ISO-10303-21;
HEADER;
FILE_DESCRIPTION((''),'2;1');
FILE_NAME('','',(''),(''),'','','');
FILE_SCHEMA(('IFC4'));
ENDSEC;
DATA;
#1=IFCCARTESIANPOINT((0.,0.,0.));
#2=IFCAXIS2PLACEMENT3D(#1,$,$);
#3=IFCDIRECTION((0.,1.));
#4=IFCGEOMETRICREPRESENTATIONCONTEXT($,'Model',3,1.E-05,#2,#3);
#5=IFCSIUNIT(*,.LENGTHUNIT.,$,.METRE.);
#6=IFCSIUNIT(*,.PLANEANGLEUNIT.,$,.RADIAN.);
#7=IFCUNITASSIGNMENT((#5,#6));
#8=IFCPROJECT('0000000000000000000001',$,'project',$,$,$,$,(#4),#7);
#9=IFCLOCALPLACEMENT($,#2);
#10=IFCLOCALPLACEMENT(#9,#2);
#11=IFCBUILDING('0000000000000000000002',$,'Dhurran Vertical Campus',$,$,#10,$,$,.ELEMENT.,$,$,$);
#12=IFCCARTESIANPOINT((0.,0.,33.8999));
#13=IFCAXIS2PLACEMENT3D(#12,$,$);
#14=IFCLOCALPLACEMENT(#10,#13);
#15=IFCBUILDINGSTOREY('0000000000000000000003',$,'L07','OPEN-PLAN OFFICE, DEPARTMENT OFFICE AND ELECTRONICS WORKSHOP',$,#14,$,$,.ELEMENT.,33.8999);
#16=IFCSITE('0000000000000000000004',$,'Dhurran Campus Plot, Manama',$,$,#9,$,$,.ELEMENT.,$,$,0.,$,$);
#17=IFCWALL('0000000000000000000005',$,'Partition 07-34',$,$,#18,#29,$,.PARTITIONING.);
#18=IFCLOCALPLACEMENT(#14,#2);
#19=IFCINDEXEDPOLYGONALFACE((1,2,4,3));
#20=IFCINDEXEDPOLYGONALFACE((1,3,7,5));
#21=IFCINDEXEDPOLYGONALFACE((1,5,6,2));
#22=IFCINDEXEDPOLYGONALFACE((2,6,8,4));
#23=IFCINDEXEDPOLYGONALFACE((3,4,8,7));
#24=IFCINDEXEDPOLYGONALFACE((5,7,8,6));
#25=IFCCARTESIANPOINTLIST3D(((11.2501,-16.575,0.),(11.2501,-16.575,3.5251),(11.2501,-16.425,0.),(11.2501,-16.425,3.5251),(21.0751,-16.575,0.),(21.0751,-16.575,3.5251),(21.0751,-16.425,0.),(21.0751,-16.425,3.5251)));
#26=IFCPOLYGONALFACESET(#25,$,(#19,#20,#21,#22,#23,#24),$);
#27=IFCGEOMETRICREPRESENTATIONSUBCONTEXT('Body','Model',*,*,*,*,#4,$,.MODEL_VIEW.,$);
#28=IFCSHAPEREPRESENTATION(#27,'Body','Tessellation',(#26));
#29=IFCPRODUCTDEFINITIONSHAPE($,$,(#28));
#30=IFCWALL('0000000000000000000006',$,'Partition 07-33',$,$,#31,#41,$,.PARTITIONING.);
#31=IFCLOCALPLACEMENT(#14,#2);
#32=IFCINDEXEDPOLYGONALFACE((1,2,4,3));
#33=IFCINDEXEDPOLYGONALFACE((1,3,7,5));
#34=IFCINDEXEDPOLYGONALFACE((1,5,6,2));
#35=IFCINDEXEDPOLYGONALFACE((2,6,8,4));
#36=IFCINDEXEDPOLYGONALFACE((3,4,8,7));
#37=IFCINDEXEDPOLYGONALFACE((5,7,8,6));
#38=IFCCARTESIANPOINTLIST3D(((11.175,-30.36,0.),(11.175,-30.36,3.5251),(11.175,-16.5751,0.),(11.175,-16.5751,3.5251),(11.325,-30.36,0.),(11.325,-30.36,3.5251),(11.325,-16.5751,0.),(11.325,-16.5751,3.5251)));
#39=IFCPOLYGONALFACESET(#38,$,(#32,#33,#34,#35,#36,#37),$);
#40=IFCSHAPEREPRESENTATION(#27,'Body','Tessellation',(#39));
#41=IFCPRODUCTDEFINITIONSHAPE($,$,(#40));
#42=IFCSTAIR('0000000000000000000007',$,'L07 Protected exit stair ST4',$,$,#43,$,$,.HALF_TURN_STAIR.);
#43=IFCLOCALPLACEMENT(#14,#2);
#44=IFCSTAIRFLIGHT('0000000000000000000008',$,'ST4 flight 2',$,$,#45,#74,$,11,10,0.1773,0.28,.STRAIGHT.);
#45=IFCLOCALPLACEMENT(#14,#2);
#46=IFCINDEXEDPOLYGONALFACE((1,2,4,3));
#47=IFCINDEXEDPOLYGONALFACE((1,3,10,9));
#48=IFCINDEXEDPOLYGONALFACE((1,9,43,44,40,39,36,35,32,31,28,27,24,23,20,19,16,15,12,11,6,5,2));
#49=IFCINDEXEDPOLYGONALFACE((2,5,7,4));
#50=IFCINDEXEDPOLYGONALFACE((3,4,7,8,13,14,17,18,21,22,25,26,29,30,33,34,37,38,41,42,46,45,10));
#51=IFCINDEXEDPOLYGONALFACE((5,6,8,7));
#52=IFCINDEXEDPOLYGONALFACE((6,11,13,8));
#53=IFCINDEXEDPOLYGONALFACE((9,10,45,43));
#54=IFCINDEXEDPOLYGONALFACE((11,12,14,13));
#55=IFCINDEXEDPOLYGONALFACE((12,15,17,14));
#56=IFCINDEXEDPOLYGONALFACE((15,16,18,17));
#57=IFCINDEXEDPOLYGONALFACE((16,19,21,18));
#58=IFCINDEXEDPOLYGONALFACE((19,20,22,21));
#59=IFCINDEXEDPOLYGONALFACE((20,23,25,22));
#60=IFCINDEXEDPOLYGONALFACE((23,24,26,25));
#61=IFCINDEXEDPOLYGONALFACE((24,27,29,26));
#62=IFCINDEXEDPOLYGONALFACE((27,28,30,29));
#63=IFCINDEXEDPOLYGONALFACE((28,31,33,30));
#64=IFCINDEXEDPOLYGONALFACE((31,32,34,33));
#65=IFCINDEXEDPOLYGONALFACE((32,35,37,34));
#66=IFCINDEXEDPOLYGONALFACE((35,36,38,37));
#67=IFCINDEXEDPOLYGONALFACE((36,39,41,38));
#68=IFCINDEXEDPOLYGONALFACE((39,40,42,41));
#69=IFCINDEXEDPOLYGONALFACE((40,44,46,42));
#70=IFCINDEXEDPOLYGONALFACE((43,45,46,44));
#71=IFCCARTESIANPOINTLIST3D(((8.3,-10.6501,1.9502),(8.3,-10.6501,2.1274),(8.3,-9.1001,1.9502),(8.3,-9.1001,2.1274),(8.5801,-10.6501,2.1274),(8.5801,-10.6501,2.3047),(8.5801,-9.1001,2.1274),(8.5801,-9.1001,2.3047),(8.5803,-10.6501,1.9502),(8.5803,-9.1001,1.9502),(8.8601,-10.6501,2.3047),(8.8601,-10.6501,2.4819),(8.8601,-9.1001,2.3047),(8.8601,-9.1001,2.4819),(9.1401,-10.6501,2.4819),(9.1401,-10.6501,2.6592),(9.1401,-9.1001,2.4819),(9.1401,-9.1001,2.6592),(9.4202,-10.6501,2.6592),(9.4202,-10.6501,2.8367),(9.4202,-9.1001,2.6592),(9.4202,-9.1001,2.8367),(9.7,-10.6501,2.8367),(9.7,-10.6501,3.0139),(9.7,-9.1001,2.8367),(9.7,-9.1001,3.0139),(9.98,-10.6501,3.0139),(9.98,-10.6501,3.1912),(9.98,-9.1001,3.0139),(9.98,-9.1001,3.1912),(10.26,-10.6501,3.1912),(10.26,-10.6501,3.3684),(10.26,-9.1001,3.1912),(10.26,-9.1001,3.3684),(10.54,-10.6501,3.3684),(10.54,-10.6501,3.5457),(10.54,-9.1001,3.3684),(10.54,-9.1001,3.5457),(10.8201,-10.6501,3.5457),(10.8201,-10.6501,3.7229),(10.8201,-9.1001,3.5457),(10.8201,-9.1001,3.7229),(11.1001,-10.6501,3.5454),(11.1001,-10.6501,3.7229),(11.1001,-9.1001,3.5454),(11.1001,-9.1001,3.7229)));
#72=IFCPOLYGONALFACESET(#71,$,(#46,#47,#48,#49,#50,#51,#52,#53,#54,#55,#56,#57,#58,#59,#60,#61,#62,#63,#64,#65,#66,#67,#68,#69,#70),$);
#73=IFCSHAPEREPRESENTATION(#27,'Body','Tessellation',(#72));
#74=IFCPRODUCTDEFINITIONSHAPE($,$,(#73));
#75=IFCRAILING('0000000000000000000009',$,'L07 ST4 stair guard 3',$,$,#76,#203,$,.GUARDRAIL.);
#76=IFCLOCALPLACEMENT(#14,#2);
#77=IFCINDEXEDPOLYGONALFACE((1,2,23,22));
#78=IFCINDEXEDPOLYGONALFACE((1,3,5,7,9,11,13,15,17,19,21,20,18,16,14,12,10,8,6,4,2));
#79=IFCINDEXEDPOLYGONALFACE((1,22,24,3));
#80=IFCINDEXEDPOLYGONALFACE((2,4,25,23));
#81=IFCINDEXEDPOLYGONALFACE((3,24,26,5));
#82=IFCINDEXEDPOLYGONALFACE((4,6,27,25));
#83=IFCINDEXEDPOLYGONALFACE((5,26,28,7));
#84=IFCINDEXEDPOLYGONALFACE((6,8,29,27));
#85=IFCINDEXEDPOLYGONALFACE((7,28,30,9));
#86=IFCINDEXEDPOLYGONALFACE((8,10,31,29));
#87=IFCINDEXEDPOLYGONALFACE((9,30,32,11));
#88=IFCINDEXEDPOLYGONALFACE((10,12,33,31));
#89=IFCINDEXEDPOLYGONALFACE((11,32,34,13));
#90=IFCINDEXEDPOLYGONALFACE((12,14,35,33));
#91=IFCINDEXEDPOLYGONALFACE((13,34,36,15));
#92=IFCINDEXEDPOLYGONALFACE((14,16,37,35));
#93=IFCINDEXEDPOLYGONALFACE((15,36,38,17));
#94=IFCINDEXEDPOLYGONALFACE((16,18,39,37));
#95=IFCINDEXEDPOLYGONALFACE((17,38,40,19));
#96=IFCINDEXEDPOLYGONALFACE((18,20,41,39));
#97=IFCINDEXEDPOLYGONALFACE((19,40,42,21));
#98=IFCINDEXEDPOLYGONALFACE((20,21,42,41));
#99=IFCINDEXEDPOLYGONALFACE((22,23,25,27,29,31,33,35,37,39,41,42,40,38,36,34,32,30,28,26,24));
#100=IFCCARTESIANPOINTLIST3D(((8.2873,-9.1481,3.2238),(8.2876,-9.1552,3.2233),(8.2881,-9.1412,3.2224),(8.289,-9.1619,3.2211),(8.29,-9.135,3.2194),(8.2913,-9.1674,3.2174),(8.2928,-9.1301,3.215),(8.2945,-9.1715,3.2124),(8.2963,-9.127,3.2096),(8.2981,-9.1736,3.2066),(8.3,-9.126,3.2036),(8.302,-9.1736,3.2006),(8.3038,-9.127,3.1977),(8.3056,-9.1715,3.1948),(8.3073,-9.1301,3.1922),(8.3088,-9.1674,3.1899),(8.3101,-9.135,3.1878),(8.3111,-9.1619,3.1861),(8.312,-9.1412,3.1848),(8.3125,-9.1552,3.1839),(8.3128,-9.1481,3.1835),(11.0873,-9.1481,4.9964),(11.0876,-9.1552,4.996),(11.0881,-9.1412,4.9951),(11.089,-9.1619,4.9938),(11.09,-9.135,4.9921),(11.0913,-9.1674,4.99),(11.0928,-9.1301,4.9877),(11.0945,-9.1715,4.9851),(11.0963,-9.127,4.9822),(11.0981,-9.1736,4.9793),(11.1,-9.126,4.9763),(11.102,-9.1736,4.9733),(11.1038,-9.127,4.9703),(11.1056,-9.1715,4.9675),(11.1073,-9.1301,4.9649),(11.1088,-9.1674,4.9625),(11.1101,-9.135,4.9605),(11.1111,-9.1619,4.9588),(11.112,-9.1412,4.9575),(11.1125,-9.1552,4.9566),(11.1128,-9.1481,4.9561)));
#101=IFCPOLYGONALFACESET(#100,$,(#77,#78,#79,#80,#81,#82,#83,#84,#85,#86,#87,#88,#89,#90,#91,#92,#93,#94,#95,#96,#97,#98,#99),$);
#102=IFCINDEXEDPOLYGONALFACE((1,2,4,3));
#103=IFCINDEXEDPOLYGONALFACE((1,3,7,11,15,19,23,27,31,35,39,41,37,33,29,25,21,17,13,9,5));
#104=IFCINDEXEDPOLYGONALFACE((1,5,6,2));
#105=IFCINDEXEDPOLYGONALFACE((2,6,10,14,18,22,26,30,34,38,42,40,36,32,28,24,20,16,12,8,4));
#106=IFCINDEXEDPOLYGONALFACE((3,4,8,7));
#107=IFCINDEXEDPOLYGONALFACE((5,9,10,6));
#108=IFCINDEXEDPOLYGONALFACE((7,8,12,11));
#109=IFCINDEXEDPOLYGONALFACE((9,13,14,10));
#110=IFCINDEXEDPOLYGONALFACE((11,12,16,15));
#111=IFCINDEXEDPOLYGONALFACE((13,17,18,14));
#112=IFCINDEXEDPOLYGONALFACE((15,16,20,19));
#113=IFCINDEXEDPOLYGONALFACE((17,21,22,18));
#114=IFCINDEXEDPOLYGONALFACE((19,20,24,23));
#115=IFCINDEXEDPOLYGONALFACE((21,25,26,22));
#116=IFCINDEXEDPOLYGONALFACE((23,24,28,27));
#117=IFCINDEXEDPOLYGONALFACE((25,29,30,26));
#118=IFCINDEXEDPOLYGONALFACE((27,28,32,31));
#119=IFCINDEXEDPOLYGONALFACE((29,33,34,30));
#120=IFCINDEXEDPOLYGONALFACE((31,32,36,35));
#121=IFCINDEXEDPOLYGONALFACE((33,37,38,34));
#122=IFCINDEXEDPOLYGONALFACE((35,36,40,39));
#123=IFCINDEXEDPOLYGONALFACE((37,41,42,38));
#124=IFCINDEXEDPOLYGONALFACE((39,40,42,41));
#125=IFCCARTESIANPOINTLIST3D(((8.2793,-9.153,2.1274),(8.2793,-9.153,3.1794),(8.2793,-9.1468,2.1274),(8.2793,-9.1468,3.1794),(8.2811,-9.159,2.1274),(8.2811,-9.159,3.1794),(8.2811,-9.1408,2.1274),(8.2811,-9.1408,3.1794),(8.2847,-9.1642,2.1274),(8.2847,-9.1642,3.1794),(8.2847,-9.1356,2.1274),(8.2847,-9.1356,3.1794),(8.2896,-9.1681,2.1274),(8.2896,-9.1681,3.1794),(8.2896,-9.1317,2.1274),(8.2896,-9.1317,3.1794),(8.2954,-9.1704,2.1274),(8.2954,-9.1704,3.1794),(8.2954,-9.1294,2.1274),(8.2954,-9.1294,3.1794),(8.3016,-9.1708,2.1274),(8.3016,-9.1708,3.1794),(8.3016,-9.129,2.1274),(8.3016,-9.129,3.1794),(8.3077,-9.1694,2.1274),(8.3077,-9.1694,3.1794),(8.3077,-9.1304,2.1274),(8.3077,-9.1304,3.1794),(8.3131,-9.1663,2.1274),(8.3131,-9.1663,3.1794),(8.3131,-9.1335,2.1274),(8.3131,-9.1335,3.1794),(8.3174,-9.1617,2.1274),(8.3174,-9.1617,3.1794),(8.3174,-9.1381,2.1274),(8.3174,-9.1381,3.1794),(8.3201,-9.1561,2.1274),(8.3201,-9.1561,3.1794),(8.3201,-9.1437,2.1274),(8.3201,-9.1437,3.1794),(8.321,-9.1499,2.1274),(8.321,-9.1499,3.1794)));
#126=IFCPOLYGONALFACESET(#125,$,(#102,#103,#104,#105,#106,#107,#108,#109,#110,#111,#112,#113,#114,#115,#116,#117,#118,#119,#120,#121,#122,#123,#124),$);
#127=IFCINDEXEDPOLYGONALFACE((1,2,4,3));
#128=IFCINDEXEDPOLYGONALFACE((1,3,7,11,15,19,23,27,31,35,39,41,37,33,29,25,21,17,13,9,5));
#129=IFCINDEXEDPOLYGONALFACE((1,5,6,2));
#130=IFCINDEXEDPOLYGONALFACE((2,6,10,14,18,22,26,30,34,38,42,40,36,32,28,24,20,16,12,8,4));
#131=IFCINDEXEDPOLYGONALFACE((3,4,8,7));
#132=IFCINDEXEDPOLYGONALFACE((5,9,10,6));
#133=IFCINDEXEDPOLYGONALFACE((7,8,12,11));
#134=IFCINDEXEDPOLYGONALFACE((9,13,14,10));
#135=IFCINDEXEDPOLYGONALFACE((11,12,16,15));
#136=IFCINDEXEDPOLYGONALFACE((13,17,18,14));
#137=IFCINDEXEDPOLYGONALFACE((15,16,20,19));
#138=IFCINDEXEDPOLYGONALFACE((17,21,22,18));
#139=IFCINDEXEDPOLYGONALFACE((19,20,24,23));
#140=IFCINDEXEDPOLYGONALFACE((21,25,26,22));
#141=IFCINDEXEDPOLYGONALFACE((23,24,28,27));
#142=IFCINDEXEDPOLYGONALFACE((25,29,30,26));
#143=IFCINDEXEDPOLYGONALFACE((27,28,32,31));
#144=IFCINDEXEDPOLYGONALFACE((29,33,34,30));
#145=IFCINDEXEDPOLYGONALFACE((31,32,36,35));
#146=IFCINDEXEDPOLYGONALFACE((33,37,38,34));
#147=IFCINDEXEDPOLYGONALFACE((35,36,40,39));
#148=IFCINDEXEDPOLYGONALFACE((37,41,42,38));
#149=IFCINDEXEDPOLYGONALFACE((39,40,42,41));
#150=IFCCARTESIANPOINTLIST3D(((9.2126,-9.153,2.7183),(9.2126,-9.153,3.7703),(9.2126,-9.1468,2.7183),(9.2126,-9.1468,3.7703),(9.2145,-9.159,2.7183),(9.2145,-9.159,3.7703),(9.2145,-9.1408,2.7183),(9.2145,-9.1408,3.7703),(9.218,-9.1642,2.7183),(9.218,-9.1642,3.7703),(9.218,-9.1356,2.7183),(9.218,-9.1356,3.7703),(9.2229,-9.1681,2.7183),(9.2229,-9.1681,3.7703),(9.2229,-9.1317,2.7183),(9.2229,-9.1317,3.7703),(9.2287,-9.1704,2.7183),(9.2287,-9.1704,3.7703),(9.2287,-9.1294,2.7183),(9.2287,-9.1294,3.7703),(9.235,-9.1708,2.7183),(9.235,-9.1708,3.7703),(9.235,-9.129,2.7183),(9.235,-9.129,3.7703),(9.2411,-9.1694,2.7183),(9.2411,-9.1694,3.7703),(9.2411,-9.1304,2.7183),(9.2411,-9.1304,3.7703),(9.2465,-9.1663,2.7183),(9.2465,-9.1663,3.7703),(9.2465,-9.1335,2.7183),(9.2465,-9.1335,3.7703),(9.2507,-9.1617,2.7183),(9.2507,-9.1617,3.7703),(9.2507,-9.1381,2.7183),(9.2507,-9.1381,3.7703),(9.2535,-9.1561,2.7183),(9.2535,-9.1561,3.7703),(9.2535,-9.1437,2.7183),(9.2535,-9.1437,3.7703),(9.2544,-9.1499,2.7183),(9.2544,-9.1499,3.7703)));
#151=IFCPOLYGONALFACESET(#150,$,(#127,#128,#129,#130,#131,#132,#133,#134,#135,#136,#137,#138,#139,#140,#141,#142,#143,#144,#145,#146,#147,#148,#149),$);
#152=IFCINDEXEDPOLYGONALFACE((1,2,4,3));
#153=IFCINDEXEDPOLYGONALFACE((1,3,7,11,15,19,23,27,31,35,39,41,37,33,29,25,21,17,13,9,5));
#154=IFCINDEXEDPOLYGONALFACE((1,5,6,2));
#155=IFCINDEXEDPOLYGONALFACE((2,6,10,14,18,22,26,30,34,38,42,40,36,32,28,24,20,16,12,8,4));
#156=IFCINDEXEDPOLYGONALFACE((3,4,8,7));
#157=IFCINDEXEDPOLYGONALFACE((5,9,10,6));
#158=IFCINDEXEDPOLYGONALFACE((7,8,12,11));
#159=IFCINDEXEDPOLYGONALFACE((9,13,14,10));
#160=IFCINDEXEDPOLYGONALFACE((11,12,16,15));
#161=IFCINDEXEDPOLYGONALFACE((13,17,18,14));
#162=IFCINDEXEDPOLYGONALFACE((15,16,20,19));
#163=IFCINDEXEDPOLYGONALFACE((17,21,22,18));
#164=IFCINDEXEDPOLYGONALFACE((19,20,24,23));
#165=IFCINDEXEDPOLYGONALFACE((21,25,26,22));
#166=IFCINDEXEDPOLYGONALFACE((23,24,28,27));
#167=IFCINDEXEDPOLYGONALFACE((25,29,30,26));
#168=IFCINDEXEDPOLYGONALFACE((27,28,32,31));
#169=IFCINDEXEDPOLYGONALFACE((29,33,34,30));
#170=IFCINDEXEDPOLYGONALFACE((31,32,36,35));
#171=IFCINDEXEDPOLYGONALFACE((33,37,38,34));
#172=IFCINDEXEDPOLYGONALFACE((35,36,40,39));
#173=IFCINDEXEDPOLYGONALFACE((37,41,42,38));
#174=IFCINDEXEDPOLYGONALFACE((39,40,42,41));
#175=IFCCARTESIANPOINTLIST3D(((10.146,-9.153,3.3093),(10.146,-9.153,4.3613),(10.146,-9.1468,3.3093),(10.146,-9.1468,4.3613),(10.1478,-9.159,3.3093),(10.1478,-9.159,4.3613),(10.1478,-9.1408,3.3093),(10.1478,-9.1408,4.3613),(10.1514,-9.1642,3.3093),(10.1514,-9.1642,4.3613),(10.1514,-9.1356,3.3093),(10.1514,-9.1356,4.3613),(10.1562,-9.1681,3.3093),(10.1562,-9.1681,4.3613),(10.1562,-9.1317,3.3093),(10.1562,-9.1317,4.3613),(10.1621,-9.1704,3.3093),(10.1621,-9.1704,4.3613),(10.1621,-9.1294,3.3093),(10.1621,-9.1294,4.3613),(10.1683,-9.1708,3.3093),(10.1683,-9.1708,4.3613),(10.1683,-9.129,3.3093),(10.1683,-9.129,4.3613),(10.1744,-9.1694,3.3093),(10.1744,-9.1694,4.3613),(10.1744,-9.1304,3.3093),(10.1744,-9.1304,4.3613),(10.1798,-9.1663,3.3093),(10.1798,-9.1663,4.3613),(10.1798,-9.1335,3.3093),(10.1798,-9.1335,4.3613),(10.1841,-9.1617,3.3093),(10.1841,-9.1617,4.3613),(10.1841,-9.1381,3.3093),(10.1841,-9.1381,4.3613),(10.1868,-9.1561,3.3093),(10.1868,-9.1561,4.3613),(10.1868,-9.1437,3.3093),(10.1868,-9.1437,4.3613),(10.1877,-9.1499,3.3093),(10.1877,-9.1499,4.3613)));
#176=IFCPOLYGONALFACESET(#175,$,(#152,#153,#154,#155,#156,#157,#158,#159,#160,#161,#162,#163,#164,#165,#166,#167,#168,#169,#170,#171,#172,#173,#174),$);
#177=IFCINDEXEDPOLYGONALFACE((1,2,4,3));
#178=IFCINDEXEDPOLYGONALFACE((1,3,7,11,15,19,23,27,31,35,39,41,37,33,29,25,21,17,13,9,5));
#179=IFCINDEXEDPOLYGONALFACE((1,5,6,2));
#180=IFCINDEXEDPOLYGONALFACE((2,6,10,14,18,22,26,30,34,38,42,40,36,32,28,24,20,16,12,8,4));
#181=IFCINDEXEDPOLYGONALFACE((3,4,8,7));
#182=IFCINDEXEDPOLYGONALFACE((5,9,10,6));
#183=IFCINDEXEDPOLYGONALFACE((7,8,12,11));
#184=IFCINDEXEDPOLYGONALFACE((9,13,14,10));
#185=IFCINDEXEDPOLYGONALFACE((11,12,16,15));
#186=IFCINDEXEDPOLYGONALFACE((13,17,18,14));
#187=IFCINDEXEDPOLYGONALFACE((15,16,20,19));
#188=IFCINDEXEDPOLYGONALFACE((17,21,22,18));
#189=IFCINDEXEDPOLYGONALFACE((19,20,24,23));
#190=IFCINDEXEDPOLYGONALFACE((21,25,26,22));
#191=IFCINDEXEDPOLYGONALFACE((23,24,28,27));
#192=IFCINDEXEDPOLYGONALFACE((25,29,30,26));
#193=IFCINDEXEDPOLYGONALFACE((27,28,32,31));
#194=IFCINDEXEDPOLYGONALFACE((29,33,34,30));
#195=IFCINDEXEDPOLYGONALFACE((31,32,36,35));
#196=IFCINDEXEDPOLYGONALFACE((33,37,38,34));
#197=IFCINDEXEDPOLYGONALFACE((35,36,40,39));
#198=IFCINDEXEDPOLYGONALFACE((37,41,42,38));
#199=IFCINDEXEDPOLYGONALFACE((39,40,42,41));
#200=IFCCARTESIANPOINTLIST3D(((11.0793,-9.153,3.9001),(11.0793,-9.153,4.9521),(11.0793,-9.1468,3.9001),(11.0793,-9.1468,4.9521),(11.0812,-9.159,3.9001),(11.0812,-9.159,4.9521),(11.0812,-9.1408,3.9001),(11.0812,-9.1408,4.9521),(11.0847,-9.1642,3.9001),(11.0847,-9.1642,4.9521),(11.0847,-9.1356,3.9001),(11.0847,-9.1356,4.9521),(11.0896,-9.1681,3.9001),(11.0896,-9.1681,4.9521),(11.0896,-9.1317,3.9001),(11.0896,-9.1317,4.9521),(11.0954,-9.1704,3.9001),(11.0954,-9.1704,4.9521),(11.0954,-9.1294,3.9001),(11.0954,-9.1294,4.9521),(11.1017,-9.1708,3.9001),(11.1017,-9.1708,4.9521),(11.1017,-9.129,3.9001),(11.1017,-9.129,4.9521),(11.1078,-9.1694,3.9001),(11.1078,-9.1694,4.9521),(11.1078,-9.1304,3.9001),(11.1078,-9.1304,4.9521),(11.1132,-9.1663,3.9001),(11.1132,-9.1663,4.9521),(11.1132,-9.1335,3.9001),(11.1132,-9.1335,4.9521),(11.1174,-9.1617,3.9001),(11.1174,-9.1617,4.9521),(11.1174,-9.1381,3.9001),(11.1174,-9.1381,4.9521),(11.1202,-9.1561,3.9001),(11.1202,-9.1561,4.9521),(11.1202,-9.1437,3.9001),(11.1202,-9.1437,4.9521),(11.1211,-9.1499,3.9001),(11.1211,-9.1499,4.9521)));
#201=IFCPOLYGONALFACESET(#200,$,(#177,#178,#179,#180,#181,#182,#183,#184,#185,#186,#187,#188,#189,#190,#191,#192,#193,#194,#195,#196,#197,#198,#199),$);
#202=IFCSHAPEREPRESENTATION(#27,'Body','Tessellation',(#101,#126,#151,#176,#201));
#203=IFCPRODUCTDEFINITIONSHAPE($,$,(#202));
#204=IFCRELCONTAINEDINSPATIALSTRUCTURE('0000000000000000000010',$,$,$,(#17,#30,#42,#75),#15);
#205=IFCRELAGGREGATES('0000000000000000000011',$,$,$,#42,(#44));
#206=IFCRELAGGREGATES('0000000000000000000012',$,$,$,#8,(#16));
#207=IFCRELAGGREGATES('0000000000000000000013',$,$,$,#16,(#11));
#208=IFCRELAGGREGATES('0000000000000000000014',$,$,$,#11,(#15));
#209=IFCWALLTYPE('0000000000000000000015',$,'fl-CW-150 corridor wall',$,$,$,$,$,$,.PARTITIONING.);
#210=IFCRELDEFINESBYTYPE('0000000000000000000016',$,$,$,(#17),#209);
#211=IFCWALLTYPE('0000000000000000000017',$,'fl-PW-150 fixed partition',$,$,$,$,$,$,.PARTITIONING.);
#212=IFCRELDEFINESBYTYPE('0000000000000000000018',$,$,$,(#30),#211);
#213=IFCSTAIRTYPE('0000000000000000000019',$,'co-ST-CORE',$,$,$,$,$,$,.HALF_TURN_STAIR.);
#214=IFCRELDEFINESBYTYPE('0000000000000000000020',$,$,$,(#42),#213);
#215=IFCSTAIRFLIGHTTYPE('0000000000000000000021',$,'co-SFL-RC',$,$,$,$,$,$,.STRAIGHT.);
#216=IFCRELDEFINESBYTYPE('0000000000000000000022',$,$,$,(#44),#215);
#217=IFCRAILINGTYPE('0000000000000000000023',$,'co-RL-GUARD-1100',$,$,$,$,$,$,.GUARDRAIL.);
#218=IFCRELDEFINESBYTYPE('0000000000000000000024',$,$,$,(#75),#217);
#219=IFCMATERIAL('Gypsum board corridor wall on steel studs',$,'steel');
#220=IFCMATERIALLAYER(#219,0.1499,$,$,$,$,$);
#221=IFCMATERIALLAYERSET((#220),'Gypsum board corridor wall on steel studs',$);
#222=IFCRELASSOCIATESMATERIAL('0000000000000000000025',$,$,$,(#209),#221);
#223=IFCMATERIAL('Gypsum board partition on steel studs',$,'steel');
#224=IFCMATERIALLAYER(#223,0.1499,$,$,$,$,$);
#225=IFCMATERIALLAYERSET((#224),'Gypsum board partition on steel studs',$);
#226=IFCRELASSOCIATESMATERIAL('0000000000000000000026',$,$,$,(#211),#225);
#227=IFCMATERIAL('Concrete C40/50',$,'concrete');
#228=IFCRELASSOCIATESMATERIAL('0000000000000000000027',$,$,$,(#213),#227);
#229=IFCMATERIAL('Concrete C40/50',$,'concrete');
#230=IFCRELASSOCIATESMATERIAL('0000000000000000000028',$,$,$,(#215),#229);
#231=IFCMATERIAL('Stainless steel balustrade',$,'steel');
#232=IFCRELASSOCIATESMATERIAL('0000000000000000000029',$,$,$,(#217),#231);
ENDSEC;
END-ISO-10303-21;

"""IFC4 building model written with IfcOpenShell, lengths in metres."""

from ifc_helpers import new_model, si_unit, direction, frame, frame_2d, origin, origin_2d, place, context, subcontext, project, spatial, polyline, rectangle, circle, outline, extrude, material, layer, layer_set, type_object, element, aggregate, save


model = new_model("IFC4")

# Units and contexts
model_context = context("Model", 3, precision=1e-05, world=origin(), true_north=direction((0.0, 1.0)))
body_context = subcontext(model_context, "Body", "Model", "MODEL_VIEW")
ifc_project = project(units=[si_unit("LENGTHUNIT", "METRE"), si_unit("PLANEANGLEUNIT", "RADIAN")], contexts=[model_context])

# Site, building, storey
site_placement = place(None, origin())
site = spatial("IfcSite", under=ifc_project, at=site_placement, Name="Dhurran Campus Plot, Manama", CompositionType="ELEMENT", RefElevation=0.0)
building_placement = place(site_placement, origin())
building = spatial("IfcBuilding", under=site, at=building_placement, Name="Dhurran Vertical Campus", CompositionType="ELEMENT")
storey_placement = place(building_placement, frame((0.0, 0.0, 33.8999)))
storey = spatial("IfcBuildingStorey", under=building, at=storey_placement, Name="L07", Description="OPEN-PLAN OFFICE, DEPARTMENT OFFICE AND ELECTRONICS WORKSHOP", CompositionType="ELEMENT", Elevation=33.8999)

# Walls
ifc_material_1 = material(Name="Gypsum board corridor wall on steel studs", Category="steel")
ifc_layer_1 = layer(ifc_material_1, 0.1499)
ifc_layer_set_1 = layer_set([ifc_layer_1], Name="Gypsum board corridor wall on steel studs")
wall_type_1 = type_object("IfcWallType", Name="fl-CW-150 corridor wall", PredefinedType="PARTITIONING", material=ifc_layer_set_1)
wall_1_placement = place(storey_placement, frame((11.25, -16.5, 0.0), z_axis=(0.0, 0.0, 1.0), x_axis=(1.0, 0.0, 0.0)))
element("IfcWall", 1, at=wall_1_placement, inside=storey, type_object=wall_type_1, Name="Partition 07-34", PredefinedType="PARTITIONING", context=body_context, shape_type="SweptSolid", body=[
    extrude(rectangle(XDim=9.825, YDim=0.1499, at=frame_2d((4.9126, 0.0))), origin(), (0.0, 0.0, 1.0), 3.5251),
])
ifc_material_2 = material(Name="Gypsum board partition on steel studs", Category="steel")
ifc_layer_2 = layer(ifc_material_2, 0.1499)
ifc_layer_set_2 = layer_set([ifc_layer_2], Name="Gypsum board partition on steel studs")
wall_type_2 = type_object("IfcWallType", Name="fl-PW-150 fixed partition", PredefinedType="PARTITIONING", material=ifc_layer_set_2)
wall_2_placement = place(storey_placement, frame((11.25, -16.575, 0.0), z_axis=(0.0, 0.0, 1.0), x_axis=(0.0, -1.0, 0.0)))
element("IfcWall", 2, at=wall_2_placement, inside=storey, type_object=wall_type_2, Name="Partition 07-33", PredefinedType="PARTITIONING", context=body_context, shape_type="SweptSolid", body=[
    extrude(rectangle(XDim=13.7849, YDim=0.1499, at=frame_2d((6.8926, 0.0))), origin(), (0.0, 0.0, 1.0), 3.5251),
])

# Stair, stair flight
ifc_material_3 = material(Name="Concrete C40/50", Category="concrete")
stair_type = type_object("IfcStairType", Name="co-ST-CORE", PredefinedType="HALF_TURN_STAIR", material=ifc_material_3)
stair_placement = place(storey_placement, origin())
stair = element("IfcStair", 3, at=stair_placement, inside=storey, type_object=stair_type, Name="L07 Protected exit stair ST4", PredefinedType="HALF_TURN_STAIR")
ifc_material_4 = material(Name="Concrete C40/50", Category="concrete")
stair_flight_type = type_object("IfcStairFlightType", Name="co-SFL-RC", PredefinedType="STRAIGHT", material=ifc_material_4)
stair_flight_placement = place(storey_placement, frame((8.3, -9.875, 1.9502), z_axis=(0.0, 0.0, 1.0), x_axis=(1.0, 0.0, 0.0)))
stair_flight = element("IfcStairFlight", 4, at=stair_flight_placement, type_object=stair_flight_type, Name="ST4 flight 2", NumberOfRisers=11, NumberOfTreads=10, PredefinedType="STRAIGHT", RiserHeight=0.1773, TreadLength=0.28, context=body_context, shape_type="SweptSolid", body=[
    extrude(outline(polyline([(0.0, 0.0), (0.0, 0.1772), (0.28, 0.1772), (0.28, 0.3545), (0.5601, 0.3545), (0.5601, 0.5317), (0.8401, 0.5317), (0.8401, 0.709), (1.1201, 0.709), (1.1201, 0.8865), (1.3999, 0.8865), (1.3999, 1.0637), (1.6799, 1.0637), (1.6799, 1.241), (1.96, 1.241), (1.96, 1.4182), (2.24, 1.4182), (2.24, 1.5955), (2.52, 1.5955), (2.52, 1.7727), (2.8, 1.7727), (2.8, 1.95), (2.8, 1.5952), (0.2803, 0.0), (0.0, 0.0)])), frame((0.0, 0.7749, 0.0), z_axis=(0.0, -1.0, 0.0), x_axis=(1.0, 0.0, 0.0)), (0.0, 0.0, 1.0), 1.55),
])
aggregate(stair, [stair_flight])

# Railing
ifc_material_5 = material(Name="Stainless steel balustrade", Category="steel")
railing_type_1 = type_object("IfcRailingType", Name="co-RL-GUARD-1100", PredefinedType="GUARDRAIL", material=ifc_material_5)
railing_1_placement = place(storey_placement, frame((8.3, -9.1499, 2.1274)))
element("IfcRailing", 5, at=railing_1_placement, inside=storey, type_object=railing_type_1, Name="L07 ST4 stair guard 3", PredefinedType="GUARDRAIL", context=body_context, shape_type="SweptSolid", body=[
    extrude(circle(Radius=0.0239, at=origin_2d()), frame((0.0, 0.0, 1.0762), z_axis=(0.844909, 0.0, 0.53491), x_axis=(0.0, 1.0, 0.0)), (0.0, 0.0, 1.0), 3.314),
    extrude(circle(Radius=0.021, at=origin_2d()), origin(), (0.0, 0.0, 1.0), 1.052),
    extrude(circle(Radius=0.021, at=origin_2d()), frame((0.9333, 0.0, 0.5908)), (0.0, 0.0, 1.0), 1.052),
    extrude(circle(Radius=0.021, at=origin_2d()), frame((1.8667, 0.0, 1.1819)), (0.0, 0.0, 1.0), 1.052),
    extrude(circle(Radius=0.021, at=origin_2d()), frame((2.8, 0.0, 1.7727)), (0.0, 0.0, 1.0), 1.052),
])

save(model, "model.ifc")
